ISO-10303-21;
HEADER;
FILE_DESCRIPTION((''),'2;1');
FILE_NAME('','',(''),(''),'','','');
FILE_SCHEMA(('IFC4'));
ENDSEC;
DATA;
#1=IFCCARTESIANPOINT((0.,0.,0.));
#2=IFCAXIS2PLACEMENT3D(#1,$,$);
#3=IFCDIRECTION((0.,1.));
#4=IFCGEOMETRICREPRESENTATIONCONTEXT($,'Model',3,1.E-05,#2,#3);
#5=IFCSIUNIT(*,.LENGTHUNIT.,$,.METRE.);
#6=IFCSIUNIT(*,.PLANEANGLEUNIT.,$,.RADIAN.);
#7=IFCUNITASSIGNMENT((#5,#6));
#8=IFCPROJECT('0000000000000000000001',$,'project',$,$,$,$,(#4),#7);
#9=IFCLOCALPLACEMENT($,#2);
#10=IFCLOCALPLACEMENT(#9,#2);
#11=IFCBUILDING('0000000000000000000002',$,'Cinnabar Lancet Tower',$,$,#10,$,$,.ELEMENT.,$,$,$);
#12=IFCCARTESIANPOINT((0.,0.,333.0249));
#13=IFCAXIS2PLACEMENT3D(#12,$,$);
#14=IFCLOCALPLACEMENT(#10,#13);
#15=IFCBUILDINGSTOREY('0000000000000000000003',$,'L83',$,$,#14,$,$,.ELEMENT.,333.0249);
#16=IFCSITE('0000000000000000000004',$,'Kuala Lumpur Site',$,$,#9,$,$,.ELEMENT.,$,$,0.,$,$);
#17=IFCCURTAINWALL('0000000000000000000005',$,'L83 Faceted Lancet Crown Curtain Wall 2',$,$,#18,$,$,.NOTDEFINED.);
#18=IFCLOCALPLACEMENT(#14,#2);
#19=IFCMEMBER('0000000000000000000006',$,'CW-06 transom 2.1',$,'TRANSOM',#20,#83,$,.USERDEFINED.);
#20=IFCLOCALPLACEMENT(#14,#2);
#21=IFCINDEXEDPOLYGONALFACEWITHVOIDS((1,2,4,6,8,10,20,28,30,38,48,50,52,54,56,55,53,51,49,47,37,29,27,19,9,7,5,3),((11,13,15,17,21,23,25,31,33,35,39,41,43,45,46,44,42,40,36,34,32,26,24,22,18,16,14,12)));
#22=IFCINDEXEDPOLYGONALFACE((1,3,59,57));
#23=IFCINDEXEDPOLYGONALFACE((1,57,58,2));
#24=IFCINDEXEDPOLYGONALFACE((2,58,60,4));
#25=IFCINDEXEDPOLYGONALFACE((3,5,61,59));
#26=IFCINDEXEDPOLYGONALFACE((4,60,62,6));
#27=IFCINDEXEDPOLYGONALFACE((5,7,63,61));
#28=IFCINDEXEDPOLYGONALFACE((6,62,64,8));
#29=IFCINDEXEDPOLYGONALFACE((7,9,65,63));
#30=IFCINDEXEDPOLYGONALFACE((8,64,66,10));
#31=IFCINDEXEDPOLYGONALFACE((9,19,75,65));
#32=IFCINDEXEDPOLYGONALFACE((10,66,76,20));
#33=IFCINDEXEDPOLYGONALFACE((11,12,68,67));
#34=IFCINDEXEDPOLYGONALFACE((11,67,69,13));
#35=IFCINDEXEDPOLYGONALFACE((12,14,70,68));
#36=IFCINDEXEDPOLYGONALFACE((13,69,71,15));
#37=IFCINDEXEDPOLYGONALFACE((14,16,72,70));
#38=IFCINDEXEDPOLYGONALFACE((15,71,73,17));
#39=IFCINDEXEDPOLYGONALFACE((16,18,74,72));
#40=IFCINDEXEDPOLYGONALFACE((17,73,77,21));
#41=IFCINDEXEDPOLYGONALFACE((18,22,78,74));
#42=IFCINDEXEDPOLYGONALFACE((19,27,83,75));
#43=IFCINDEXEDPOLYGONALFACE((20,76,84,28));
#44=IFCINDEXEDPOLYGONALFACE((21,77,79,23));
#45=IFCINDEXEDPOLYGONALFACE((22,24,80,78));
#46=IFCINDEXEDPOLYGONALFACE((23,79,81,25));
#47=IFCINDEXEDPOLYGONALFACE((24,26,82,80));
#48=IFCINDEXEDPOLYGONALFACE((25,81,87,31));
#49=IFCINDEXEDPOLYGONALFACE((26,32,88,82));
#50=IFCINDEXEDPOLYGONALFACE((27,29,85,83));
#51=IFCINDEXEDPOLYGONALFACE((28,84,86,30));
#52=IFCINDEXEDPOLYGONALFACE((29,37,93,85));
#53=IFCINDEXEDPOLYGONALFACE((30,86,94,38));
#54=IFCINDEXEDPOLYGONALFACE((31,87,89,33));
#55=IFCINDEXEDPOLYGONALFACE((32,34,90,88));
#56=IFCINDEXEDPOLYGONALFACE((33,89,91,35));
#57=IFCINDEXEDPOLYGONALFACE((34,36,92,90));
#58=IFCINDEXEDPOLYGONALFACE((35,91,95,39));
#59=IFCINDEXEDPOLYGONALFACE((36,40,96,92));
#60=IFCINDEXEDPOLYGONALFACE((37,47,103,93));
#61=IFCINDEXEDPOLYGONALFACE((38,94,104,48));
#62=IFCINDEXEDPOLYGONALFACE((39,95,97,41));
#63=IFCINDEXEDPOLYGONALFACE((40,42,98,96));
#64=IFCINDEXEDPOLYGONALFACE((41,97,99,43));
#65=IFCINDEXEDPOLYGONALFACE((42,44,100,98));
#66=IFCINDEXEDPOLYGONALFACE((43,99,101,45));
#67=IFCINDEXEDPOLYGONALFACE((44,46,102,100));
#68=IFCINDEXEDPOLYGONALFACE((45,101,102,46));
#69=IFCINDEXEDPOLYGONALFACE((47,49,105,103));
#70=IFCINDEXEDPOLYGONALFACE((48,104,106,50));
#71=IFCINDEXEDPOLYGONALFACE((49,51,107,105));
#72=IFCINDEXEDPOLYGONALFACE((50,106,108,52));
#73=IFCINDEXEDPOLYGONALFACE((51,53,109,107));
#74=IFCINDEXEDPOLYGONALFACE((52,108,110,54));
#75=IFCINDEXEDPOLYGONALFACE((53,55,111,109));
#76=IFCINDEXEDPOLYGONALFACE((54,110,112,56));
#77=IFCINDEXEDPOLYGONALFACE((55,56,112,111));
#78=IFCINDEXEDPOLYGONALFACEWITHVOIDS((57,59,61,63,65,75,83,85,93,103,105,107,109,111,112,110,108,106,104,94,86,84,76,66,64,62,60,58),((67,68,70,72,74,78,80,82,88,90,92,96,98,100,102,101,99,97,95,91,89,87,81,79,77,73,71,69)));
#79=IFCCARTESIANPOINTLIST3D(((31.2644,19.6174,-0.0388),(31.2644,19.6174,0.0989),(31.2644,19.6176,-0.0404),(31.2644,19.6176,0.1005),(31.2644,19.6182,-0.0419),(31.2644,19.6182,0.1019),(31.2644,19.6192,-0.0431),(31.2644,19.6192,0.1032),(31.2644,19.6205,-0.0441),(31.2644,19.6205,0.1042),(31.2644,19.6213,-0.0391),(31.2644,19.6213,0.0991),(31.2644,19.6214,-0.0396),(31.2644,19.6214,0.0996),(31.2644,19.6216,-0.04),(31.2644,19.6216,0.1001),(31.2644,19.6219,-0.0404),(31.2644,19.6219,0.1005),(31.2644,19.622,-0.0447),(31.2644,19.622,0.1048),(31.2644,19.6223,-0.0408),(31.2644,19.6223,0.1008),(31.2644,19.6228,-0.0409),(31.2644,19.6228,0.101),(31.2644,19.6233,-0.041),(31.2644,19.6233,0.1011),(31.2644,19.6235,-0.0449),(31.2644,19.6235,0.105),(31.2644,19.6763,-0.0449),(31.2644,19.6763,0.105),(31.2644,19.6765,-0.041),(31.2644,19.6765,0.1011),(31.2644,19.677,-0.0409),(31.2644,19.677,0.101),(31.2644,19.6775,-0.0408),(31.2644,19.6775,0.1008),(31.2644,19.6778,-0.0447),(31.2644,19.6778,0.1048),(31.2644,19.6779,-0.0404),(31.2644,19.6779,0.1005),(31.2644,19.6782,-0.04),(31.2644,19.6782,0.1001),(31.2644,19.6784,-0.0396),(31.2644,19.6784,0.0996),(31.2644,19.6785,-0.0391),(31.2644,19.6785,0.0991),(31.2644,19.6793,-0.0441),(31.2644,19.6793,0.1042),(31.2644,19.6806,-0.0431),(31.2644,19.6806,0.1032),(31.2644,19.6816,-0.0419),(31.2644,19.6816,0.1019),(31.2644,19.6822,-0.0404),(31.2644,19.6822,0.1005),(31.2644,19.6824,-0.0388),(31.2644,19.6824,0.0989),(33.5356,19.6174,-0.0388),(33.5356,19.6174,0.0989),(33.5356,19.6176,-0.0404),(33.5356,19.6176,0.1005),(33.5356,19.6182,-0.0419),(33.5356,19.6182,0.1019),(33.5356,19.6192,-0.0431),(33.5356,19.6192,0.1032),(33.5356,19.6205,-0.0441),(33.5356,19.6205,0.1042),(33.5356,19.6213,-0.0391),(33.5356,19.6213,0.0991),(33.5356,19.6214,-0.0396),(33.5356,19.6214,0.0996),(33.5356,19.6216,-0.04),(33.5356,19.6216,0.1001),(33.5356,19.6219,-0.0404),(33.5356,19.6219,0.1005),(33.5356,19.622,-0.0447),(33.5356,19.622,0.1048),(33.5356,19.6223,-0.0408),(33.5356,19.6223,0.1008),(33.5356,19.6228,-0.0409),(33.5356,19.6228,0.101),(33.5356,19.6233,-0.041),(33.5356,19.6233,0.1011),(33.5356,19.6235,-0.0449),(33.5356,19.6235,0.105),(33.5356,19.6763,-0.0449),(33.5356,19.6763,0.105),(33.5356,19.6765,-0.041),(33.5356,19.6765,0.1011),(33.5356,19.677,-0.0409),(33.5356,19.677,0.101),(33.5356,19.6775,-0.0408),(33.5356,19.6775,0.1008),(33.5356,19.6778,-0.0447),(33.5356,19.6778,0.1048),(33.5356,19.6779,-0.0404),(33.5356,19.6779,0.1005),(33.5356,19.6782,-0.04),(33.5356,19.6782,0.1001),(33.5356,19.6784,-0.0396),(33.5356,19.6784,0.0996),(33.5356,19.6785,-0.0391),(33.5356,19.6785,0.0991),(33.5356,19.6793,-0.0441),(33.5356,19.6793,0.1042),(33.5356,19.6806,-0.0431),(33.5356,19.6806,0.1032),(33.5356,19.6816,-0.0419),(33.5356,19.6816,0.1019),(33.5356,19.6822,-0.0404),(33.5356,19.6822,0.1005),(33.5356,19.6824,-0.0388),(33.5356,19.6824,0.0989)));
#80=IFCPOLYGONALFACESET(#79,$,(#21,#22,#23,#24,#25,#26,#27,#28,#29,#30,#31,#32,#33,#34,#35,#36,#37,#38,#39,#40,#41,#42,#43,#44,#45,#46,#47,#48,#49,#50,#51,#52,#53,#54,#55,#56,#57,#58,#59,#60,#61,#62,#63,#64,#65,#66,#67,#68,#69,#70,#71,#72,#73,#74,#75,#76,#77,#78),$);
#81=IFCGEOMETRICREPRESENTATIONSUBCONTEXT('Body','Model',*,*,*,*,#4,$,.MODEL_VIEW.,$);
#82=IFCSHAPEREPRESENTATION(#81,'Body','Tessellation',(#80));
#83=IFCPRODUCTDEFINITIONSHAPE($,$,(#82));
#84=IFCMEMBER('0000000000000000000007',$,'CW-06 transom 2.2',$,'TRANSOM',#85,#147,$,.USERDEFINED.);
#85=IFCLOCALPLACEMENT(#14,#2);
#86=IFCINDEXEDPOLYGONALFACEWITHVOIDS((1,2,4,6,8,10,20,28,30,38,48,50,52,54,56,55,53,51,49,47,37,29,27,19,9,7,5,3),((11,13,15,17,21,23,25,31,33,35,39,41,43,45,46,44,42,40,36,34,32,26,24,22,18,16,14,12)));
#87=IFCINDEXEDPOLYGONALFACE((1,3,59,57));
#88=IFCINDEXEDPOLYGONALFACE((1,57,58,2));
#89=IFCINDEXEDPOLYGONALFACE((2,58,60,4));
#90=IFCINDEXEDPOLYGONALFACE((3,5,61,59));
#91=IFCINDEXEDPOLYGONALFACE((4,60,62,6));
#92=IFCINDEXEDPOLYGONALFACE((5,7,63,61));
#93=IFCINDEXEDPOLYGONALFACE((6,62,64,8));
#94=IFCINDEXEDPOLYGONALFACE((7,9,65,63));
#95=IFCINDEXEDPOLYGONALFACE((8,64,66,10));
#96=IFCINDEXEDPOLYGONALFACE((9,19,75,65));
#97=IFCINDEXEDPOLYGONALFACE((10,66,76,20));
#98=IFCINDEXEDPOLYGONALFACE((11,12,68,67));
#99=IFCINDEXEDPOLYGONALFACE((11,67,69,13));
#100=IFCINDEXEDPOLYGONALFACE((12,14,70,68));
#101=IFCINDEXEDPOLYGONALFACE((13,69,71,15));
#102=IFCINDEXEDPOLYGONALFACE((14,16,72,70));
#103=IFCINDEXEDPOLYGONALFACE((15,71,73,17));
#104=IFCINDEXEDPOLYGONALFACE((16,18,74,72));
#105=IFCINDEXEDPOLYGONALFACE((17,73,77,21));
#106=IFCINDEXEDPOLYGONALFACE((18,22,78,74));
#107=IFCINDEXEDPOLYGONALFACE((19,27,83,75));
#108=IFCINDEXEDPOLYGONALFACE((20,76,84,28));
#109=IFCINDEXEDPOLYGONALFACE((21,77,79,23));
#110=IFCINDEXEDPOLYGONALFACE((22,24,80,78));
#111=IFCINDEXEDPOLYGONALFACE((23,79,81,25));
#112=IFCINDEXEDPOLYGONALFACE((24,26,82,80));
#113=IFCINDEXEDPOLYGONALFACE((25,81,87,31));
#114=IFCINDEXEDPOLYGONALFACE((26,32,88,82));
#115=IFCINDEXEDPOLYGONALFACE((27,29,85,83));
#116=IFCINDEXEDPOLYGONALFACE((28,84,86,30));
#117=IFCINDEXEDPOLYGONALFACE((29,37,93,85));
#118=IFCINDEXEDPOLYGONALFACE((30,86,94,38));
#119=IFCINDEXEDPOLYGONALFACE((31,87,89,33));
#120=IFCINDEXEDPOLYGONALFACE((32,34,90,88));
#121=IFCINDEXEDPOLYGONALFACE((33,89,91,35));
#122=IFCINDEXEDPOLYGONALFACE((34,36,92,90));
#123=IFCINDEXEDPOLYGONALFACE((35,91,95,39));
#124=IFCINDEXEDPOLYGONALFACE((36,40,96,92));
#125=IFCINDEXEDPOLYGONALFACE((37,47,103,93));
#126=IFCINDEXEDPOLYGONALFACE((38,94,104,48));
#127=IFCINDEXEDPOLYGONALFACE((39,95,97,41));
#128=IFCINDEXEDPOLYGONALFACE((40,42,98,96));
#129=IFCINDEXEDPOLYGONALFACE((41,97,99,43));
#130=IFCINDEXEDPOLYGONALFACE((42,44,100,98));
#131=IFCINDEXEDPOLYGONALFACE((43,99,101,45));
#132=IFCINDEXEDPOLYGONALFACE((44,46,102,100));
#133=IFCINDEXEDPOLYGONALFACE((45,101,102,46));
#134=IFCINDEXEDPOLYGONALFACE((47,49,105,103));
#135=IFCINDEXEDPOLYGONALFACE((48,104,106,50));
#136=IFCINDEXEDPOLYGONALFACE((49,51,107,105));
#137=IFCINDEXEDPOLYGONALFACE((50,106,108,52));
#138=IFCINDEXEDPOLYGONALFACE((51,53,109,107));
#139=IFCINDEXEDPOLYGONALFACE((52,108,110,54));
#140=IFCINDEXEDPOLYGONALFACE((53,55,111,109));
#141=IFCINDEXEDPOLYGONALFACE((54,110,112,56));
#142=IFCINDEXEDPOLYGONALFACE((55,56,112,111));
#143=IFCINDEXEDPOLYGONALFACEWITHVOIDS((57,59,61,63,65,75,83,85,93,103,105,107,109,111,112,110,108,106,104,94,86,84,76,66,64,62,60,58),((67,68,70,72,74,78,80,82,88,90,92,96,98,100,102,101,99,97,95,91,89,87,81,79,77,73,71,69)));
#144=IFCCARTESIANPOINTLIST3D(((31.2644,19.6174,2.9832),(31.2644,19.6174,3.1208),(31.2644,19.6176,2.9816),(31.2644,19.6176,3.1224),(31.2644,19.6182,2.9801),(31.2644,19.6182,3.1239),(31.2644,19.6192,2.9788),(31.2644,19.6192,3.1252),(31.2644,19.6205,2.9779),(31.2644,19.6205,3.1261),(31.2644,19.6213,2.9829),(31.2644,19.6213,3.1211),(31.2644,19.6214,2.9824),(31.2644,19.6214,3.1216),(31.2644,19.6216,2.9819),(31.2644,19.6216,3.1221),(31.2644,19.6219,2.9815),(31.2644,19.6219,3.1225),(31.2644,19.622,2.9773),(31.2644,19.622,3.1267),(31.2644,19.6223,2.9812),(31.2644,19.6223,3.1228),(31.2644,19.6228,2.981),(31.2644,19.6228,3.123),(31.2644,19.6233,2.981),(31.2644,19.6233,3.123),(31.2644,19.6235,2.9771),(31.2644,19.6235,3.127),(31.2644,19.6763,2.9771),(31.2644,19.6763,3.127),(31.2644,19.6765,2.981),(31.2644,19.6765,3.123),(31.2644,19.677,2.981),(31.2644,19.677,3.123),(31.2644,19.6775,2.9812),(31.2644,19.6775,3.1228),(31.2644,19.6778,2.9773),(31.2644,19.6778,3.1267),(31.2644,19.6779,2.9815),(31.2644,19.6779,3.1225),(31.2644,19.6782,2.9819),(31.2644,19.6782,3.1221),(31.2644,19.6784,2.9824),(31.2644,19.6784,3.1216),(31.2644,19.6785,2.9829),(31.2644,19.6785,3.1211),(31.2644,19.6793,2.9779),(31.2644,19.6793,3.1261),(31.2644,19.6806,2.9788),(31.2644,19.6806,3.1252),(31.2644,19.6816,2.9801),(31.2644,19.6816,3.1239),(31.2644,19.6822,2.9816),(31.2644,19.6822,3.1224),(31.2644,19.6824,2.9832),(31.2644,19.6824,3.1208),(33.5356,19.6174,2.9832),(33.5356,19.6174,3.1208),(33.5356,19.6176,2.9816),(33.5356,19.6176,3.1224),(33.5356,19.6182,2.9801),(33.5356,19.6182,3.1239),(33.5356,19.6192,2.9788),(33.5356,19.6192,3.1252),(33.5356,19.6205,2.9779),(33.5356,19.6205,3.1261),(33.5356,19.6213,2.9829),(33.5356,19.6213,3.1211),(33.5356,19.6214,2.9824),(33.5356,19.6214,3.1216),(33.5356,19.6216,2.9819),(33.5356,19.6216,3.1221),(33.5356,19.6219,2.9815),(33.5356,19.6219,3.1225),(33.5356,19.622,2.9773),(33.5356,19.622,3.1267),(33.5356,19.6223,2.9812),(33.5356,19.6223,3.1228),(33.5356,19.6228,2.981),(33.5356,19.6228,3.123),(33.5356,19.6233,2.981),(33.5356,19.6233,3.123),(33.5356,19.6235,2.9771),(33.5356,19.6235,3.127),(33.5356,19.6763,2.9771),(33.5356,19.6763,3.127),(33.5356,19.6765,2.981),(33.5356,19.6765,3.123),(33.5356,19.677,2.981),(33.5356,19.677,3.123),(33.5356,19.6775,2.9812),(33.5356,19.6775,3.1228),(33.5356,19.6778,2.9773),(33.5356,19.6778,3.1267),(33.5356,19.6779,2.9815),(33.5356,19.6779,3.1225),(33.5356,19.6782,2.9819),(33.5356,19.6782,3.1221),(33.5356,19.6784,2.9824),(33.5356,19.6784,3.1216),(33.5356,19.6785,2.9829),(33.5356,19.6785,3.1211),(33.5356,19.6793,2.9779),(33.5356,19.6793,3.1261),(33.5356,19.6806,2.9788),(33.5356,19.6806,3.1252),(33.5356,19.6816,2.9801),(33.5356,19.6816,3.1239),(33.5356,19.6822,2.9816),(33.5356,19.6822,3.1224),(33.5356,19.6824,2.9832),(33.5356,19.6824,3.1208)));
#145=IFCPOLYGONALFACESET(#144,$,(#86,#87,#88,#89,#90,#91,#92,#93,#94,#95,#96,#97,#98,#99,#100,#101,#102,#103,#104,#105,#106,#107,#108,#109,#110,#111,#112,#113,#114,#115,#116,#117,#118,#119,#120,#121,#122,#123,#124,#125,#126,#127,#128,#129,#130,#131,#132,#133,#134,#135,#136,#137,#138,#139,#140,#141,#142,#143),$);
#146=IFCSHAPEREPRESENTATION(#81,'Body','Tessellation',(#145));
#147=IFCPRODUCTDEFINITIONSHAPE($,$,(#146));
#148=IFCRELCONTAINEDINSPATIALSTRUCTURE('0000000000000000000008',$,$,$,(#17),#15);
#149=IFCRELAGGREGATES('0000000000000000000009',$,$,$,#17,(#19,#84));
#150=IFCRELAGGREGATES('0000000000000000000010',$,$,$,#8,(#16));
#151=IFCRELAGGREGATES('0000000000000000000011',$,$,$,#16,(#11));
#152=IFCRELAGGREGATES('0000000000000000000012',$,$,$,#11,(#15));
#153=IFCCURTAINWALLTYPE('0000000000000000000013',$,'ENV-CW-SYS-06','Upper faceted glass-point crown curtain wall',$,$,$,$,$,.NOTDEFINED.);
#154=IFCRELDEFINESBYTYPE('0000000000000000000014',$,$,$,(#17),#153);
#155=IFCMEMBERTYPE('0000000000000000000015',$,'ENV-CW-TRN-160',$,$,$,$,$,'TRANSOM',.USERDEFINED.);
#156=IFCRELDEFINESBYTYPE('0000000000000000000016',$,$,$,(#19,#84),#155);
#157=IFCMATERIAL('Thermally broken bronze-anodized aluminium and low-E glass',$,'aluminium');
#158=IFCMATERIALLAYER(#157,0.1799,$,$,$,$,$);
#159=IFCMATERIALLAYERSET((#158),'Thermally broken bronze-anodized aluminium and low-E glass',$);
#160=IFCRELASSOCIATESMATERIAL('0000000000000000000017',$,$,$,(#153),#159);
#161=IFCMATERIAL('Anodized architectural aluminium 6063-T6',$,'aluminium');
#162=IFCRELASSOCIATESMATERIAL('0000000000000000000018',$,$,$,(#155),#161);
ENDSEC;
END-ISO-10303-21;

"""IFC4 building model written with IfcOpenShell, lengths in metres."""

from ifc_helpers import new_model, si_unit, direction, frame, origin, origin_2d, place, context, subcontext, project, spatial, hollow_rectangle, extrude, material, layer, layer_set, material_profile, profile_set, type_object, element, aggregate, save


model = new_model("IFC4")

# Units and contexts
model_context = context("Model", 3, precision=1e-05, world=origin(), true_north=direction((0.0, 1.0)))
body_context = subcontext(model_context, "Body", "Model", "MODEL_VIEW")
ifc_project = project(units=[si_unit("LENGTHUNIT", "METRE"), si_unit("PLANEANGLEUNIT", "RADIAN")], contexts=[model_context])

# Site, building, storey
site_placement = place(None, origin())
site = spatial("IfcSite", under=ifc_project, at=site_placement, Name="Kuala Lumpur Site", CompositionType="ELEMENT", RefElevation=0.0)
building_placement = place(site_placement, origin())
building = spatial("IfcBuilding", under=site, at=building_placement, Name="Cinnabar Lancet Tower", CompositionType="ELEMENT")
storey_placement = place(building_placement, frame((0.0, 0.0, 333.0249)))
storey = spatial("IfcBuildingStorey", under=building, at=storey_placement, Name="L83", CompositionType="ELEMENT", Elevation=333.0249)

# Curtain wall
ifc_material_1 = material(Name="Thermally broken bronze-anodized aluminium and low-E glass", Category="aluminium")
ifc_layer_1 = layer(ifc_material_1, 0.1799)
ifc_layer_set_1 = layer_set([ifc_layer_1], Name="Thermally broken bronze-anodized aluminium and low-E glass")
curtain_wall_type = type_object("IfcCurtainWallType", Name="ENV-CW-SYS-06", Description="Upper faceted glass-point crown curtain wall", PredefinedType="NOTDEFINED", material=ifc_layer_set_1)
curtain_wall_1_placement = place(storey_placement, origin())
curtain_wall_1 = element("IfcCurtainWall", 1, at=curtain_wall_1_placement, inside=storey, type_object=curtain_wall_type, Name="L83 Faceted Lancet Crown Curtain Wall 2", PredefinedType="NOTDEFINED")

# Members
ifc_material_2 = material(Name="Anodized architectural aluminium 6063-T6", Category="aluminium")
ifc_material_profile_1 = material_profile(ifc_material_2, hollow_rectangle(XDim=0.0649, YDim=0.1499, WallThickness=0.0039, InnerFilletRadius=0.002, OuterFilletRadius=0.0061, at=origin_2d()), Name="CW-TRN 150x65x4")
ifc_profile_set_1 = profile_set([ifc_material_profile_1], Name="Anodized architectural aluminium 6063-T6")
member_type_1 = type_object("IfcMemberType", Name="ENV-CW-TRN-160", ElementType="TRANSOM", PredefinedType="USERDEFINED", material=ifc_profile_set_1)
member_1_placement = place(storey_placement, frame((31.2644, 19.6499, 0.03), z_axis=(1.0, 0.0, 0.0), x_axis=(0.0, 1.0, 0.0)))
member_1 = element("IfcMember", 2, at=member_1_placement, type_object=member_type_1, Name="CW-06 transom 2.1", ObjectType="TRANSOM", PredefinedType="USERDEFINED", context=body_context, shape_type="SweptSolid", body=[
    extrude(hollow_rectangle(XDim=0.0649, YDim=0.1499, WallThickness=0.0039, InnerFilletRadius=0.002, OuterFilletRadius=0.0061, at=origin_2d()), origin(), (0.0, 0.0, 1.0), 2.2712),
])
member_2_placement = place(storey_placement, frame((31.2644, 19.6499, 3.052), z_axis=(1.0, 0.0, 0.0), x_axis=(0.0, 1.0, 0.0)))
member_2 = element("IfcMember", 3, at=member_2_placement, type_object=member_type_1, Name="CW-06 transom 2.2", ObjectType="TRANSOM", PredefinedType="USERDEFINED", context=body_context, shape_type="SweptSolid", body=[
    extrude(hollow_rectangle(XDim=0.0649, YDim=0.1499, WallThickness=0.0039, InnerFilletRadius=0.002, OuterFilletRadius=0.0061, at=origin_2d()), origin(), (0.0, 0.0, 1.0), 2.2712),
])

aggregate(curtain_wall_1, [member_1, member_2])

save(model, "model.ifc")
